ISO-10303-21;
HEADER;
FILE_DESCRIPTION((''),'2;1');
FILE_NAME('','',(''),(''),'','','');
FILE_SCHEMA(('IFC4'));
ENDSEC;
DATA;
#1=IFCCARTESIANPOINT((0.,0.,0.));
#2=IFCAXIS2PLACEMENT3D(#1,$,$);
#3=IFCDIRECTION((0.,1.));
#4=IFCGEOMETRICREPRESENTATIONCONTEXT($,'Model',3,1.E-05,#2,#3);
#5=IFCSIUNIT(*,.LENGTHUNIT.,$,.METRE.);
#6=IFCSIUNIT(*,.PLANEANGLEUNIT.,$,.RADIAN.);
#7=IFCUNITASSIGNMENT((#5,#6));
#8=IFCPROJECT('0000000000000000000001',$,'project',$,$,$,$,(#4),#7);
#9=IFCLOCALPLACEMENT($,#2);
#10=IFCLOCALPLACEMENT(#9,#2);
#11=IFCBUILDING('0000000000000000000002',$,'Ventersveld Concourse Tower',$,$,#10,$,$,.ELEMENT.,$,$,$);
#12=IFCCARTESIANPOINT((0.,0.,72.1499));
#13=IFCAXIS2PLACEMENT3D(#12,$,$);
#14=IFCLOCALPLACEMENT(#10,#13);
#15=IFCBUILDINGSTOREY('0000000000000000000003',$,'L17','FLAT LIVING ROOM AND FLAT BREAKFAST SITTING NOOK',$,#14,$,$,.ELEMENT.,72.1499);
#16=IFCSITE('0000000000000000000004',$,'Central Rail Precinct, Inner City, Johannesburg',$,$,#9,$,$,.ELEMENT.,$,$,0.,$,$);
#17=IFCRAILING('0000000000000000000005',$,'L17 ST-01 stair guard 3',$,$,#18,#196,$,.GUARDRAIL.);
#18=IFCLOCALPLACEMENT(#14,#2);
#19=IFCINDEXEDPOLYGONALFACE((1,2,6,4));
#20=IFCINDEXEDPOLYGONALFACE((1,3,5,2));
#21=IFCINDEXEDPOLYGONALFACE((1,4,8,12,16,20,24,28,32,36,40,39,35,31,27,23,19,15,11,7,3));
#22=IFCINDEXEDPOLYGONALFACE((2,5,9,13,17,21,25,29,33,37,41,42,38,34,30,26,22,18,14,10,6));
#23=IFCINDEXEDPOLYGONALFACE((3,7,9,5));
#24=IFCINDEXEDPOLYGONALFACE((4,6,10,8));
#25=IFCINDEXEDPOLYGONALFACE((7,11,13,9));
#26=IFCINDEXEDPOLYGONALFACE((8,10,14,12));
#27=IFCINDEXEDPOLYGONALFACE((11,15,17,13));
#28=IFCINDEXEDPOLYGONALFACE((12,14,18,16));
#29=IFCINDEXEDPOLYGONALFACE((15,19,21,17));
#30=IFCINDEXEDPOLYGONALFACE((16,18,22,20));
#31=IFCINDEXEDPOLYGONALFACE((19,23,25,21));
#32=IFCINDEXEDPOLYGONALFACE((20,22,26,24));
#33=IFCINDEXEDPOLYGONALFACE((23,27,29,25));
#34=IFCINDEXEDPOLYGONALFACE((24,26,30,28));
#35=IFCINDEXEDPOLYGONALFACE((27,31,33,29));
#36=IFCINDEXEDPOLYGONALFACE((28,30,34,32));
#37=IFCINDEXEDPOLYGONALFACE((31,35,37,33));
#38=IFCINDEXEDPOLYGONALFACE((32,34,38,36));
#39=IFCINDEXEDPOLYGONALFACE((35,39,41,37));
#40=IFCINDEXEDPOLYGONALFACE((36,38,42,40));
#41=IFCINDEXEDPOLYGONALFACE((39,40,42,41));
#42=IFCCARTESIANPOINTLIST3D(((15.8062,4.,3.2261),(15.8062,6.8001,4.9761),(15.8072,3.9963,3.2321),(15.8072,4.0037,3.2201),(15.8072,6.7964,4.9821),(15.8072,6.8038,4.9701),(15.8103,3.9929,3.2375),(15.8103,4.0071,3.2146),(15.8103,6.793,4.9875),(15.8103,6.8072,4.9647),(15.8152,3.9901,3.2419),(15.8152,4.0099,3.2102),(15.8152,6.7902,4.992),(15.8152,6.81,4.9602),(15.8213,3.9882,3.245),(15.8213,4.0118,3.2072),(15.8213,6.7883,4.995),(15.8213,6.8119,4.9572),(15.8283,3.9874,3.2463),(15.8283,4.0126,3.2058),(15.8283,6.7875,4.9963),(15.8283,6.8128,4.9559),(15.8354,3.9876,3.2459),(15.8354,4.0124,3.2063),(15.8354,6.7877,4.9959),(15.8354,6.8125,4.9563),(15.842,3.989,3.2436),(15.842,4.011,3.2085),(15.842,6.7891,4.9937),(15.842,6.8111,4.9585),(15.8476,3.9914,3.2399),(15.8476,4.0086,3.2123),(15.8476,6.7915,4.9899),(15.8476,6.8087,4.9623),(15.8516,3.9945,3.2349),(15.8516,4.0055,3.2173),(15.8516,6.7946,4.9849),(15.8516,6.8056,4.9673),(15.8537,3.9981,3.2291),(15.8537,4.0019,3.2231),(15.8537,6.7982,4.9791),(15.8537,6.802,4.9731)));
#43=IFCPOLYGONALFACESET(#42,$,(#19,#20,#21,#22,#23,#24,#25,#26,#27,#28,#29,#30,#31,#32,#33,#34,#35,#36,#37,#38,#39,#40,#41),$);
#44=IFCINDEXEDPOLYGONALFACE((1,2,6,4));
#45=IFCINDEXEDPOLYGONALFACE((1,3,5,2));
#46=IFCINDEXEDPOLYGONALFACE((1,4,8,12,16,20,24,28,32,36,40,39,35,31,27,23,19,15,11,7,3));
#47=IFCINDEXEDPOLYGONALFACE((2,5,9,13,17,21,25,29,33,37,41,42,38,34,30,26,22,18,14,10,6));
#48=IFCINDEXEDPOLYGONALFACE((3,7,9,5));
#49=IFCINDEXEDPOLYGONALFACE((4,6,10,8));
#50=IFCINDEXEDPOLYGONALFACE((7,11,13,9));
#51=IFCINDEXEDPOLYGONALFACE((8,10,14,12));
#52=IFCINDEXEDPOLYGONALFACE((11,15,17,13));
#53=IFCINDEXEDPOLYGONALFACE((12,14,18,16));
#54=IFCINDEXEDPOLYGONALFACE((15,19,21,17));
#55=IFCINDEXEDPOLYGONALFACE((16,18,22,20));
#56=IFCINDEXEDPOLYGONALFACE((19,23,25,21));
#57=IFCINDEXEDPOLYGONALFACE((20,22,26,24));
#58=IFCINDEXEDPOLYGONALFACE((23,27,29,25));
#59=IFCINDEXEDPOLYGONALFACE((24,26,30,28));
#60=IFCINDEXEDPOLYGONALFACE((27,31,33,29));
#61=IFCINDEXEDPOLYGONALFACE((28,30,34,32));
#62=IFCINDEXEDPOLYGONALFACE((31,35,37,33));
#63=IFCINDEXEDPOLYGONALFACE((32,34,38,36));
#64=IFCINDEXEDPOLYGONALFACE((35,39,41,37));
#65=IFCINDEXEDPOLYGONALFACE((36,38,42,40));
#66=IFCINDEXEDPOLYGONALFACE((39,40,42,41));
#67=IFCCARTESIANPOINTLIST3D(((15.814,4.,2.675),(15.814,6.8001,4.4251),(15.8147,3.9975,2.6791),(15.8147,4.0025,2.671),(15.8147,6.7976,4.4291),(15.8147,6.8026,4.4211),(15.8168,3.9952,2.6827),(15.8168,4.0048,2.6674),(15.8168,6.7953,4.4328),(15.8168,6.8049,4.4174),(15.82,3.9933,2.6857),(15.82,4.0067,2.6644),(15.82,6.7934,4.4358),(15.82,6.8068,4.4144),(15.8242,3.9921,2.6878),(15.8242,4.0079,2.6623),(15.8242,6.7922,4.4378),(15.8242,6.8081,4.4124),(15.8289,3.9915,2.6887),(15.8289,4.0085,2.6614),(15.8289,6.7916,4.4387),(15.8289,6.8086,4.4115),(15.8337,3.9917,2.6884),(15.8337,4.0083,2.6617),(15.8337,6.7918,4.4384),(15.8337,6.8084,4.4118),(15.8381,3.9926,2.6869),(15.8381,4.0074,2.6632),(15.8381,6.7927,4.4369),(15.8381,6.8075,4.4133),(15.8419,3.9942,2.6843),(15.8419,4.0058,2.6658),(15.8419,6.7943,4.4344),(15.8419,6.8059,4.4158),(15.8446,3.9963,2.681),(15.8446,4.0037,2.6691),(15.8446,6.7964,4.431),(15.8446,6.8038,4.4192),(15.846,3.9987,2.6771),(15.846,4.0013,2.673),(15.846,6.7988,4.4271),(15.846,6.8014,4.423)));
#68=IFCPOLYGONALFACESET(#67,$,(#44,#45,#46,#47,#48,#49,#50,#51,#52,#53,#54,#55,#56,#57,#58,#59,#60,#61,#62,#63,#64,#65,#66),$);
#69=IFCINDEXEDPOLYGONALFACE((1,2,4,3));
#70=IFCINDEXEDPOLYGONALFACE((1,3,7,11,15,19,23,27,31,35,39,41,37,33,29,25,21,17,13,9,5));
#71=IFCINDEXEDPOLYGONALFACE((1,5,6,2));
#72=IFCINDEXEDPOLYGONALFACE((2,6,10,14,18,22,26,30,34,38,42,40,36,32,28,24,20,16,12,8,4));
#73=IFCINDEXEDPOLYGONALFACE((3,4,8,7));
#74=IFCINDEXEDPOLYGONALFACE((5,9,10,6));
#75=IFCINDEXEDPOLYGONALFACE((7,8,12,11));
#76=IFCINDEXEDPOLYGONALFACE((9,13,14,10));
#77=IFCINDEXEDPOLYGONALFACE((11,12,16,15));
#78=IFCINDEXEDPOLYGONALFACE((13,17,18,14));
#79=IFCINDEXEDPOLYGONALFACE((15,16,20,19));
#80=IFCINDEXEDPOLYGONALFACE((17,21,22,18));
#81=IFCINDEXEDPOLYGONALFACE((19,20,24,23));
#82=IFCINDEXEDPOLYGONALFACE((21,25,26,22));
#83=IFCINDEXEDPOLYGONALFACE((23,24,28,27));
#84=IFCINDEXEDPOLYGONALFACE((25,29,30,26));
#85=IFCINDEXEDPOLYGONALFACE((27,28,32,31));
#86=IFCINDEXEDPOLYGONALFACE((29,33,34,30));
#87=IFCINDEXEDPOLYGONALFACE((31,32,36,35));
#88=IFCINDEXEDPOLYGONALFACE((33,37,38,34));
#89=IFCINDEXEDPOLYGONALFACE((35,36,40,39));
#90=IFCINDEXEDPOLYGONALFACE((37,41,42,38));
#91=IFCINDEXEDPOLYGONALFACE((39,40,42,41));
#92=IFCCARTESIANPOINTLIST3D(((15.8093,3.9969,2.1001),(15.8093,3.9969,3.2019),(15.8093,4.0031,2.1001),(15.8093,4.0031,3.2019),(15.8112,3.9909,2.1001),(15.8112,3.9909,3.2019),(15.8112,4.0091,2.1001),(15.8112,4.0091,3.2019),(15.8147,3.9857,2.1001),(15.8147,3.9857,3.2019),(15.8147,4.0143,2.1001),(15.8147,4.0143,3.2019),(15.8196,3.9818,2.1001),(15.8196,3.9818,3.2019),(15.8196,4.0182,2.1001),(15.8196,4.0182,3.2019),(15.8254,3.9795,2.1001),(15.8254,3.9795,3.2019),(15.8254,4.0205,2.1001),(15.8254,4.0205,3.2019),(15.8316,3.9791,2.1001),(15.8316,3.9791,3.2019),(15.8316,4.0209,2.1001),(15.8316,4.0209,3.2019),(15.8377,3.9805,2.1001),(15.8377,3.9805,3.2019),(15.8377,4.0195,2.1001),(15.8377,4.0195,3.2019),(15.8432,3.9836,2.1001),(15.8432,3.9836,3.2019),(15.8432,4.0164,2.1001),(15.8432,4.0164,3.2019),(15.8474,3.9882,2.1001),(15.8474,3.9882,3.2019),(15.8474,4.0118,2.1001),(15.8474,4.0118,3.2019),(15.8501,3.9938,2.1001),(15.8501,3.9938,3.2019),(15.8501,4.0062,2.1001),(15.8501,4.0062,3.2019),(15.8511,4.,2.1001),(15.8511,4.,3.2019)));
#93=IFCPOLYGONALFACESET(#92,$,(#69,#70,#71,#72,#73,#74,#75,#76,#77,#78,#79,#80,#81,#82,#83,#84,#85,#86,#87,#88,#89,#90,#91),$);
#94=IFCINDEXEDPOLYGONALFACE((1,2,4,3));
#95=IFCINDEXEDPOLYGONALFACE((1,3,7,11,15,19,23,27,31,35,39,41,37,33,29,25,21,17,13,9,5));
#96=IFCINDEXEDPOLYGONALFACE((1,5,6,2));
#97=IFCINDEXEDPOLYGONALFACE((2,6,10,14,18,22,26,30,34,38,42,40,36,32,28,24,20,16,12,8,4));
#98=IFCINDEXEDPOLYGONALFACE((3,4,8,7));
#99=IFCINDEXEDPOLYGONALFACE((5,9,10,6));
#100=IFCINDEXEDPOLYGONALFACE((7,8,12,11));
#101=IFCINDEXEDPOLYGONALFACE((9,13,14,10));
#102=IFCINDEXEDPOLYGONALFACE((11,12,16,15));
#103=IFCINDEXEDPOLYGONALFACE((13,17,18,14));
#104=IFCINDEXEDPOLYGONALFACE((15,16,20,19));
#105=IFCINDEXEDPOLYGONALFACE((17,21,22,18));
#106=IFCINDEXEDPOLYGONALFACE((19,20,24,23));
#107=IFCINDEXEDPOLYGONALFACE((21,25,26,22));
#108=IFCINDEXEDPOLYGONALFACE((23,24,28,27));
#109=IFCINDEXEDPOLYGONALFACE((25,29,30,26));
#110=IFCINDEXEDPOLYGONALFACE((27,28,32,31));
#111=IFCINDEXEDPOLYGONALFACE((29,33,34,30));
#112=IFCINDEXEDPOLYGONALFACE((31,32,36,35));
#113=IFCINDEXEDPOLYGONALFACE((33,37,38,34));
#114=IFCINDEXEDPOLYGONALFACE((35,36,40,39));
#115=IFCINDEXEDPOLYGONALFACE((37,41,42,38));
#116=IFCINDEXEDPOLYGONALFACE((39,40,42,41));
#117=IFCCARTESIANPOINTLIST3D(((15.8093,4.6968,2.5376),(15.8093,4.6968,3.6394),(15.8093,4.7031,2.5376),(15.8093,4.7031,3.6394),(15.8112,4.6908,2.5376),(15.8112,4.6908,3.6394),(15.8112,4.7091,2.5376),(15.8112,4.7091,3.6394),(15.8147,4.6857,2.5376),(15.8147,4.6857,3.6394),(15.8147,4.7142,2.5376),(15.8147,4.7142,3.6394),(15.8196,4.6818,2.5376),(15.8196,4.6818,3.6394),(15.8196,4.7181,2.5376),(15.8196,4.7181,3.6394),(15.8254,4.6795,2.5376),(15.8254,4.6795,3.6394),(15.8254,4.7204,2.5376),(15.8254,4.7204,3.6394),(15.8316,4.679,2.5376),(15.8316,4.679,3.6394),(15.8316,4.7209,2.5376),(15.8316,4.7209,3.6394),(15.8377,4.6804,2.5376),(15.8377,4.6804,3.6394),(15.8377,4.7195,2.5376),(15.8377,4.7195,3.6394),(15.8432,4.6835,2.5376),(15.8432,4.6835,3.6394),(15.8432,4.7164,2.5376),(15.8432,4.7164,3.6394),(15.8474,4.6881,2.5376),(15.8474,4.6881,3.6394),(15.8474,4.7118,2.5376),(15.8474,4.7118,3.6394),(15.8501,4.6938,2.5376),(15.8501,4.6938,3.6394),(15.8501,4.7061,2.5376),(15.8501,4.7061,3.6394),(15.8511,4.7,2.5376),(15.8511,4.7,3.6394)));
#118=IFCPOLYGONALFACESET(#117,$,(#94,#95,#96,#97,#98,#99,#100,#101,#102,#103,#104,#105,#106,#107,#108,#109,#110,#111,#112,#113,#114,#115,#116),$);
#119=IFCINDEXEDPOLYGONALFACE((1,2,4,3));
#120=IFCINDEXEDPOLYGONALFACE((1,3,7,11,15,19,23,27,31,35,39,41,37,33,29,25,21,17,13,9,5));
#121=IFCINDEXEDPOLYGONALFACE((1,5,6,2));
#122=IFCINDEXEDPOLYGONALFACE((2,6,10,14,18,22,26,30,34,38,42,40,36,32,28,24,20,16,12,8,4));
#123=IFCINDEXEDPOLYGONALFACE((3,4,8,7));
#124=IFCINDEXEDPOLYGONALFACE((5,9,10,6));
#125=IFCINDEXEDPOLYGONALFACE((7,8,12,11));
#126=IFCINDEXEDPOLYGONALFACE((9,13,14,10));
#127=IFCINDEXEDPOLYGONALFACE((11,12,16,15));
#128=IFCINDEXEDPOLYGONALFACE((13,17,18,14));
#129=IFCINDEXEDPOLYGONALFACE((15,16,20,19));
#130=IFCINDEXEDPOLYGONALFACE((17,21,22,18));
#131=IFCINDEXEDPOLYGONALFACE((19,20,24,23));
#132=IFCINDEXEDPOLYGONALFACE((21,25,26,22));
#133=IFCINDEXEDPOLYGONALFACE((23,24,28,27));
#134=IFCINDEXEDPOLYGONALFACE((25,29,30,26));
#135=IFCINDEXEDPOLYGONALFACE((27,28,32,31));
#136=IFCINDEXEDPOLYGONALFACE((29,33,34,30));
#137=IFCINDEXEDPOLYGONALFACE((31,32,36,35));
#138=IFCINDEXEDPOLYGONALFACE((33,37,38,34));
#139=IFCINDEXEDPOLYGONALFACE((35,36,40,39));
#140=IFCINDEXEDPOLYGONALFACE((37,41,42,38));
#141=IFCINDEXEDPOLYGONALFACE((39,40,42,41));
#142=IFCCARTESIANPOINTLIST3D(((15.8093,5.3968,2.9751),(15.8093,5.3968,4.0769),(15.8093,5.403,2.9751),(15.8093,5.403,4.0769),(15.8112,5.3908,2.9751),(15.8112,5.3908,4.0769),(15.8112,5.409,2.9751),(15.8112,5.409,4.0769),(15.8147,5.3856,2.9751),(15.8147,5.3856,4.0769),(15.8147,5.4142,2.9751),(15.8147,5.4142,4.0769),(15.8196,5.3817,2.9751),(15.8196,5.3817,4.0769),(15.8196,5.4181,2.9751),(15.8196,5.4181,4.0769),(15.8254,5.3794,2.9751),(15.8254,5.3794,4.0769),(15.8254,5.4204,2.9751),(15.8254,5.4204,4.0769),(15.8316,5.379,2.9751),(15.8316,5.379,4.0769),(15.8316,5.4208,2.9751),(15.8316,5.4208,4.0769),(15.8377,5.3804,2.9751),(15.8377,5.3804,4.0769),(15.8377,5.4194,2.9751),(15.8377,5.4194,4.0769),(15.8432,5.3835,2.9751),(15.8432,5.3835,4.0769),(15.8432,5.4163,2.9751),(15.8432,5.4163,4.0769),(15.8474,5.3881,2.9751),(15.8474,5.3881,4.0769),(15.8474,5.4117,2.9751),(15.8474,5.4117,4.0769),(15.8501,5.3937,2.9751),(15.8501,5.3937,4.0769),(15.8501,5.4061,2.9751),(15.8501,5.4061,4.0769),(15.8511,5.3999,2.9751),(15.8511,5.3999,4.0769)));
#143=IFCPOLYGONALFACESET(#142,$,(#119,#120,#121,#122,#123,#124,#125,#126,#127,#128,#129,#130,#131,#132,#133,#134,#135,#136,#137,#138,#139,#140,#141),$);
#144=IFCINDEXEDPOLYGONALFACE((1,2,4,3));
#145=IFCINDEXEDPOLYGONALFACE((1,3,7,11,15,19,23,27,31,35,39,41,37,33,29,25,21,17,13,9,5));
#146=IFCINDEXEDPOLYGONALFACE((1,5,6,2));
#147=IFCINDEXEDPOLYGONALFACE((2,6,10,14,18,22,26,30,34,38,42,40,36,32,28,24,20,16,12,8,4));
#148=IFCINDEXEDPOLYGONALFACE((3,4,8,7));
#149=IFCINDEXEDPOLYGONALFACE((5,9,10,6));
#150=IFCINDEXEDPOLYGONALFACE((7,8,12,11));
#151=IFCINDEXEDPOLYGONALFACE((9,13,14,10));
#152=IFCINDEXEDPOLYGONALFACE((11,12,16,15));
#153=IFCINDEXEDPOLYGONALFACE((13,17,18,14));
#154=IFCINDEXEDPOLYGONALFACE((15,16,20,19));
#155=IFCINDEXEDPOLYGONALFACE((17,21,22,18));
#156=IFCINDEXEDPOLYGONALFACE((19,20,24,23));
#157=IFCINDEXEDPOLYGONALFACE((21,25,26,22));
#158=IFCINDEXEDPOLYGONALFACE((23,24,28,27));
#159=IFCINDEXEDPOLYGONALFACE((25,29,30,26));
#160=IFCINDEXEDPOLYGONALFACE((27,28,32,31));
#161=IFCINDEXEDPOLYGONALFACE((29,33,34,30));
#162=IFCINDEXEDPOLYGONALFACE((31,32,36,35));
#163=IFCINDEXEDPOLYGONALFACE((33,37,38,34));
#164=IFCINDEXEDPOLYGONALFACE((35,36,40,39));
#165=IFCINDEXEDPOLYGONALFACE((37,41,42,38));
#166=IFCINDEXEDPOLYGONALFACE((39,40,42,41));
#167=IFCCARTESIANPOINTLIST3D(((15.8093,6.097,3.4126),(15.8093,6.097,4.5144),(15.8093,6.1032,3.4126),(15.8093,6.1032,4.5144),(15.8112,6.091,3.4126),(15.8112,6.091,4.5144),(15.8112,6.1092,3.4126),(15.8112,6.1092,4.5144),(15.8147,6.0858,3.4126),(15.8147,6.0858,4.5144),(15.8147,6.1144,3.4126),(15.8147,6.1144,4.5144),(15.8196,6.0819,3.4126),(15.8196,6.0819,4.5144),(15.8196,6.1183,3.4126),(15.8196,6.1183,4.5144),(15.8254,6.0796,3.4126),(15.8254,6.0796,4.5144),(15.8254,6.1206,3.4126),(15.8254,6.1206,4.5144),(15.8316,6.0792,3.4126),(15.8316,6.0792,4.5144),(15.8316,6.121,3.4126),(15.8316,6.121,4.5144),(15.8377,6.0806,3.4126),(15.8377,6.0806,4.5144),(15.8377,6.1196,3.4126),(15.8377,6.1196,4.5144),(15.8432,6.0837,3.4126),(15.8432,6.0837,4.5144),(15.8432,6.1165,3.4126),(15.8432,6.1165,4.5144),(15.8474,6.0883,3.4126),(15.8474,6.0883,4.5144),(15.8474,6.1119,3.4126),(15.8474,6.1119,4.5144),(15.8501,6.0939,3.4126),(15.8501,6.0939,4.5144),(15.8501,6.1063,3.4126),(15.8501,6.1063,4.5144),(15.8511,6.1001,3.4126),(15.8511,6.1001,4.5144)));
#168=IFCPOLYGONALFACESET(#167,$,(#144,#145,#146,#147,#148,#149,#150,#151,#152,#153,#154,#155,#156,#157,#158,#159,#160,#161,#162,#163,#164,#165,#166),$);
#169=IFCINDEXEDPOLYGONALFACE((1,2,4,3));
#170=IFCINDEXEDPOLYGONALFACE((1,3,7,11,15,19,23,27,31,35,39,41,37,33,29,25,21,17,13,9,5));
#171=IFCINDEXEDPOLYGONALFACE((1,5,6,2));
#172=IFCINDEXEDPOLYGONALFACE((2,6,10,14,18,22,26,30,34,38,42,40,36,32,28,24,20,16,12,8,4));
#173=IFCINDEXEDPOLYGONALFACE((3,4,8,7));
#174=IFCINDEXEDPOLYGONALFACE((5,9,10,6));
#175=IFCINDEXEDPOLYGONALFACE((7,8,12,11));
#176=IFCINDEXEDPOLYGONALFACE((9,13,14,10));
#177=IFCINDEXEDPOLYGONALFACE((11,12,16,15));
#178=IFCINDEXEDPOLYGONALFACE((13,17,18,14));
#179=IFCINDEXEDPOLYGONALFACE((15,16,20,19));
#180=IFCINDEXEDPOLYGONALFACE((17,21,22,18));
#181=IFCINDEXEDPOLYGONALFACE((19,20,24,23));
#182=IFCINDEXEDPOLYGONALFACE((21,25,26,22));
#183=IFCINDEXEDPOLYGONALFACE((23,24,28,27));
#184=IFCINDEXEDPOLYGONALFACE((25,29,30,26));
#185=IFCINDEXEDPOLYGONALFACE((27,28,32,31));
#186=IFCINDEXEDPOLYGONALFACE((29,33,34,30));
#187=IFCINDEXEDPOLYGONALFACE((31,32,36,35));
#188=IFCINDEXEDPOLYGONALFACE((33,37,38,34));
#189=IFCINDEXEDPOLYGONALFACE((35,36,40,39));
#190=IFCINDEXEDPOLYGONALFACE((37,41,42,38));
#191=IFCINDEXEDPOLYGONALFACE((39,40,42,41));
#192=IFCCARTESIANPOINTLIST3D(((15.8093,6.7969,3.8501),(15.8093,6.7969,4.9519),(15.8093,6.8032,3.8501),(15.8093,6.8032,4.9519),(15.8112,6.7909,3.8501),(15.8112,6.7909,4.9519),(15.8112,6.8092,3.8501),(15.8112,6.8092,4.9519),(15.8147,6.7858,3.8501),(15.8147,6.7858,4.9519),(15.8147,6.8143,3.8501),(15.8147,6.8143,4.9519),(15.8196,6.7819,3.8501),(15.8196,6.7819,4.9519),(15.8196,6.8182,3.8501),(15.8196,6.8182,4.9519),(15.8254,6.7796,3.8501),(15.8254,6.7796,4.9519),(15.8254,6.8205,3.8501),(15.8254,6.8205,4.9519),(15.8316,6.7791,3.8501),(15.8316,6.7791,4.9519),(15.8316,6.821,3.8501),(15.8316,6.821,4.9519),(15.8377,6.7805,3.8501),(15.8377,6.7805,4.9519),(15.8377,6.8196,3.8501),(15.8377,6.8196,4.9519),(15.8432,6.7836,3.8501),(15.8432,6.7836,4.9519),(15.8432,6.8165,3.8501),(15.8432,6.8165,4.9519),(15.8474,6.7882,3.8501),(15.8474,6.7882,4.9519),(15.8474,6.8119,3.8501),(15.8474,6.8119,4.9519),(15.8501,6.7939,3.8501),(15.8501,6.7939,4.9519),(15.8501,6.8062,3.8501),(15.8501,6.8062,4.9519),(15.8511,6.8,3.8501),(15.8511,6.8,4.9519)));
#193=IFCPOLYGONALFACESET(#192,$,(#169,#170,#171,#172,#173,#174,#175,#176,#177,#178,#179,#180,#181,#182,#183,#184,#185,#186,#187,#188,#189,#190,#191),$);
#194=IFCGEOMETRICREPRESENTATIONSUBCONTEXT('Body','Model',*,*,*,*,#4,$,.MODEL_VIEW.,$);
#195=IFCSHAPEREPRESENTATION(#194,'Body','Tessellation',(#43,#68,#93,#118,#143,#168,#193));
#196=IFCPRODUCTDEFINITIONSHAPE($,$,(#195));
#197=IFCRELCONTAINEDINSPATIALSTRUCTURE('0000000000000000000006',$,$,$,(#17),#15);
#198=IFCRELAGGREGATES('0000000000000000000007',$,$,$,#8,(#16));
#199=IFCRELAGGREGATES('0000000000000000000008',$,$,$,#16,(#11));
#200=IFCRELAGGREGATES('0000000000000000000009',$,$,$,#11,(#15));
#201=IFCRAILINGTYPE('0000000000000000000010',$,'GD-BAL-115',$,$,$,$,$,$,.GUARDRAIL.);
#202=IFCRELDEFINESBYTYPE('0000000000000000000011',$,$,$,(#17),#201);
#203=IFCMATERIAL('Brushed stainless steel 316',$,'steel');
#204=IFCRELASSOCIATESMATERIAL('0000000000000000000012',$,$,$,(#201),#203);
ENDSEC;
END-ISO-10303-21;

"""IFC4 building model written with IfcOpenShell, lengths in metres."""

from ifc_helpers import new_model, si_unit, direction, frame, origin, origin_2d, place, context, subcontext, project, spatial, circle, extrude, material, type_object, element, save


model = new_model("IFC4")

# Units and contexts
model_context = context("Model", 3, precision=1e-05, world=origin(), true_north=direction((0.0, 1.0)))
body_context = subcontext(model_context, "Body", "Model", "MODEL_VIEW")
ifc_project = project(units=[si_unit("LENGTHUNIT", "METRE"), si_unit("PLANEANGLEUNIT", "RADIAN")], contexts=[model_context])

# Site, building, storey
site_placement = place(None, origin())
site = spatial("IfcSite", under=ifc_project, at=site_placement, Name="Central Rail Precinct, Inner City, Johannesburg", CompositionType="ELEMENT", RefElevation=0.0)
building_placement = place(site_placement, origin())
building = spatial("IfcBuilding", under=site, at=building_placement, Name="Ventersveld Concourse Tower", CompositionType="ELEMENT")
storey_placement = place(building_placement, frame((0.0, 0.0, 72.1499)))
storey = spatial("IfcBuildingStorey", under=building, at=storey_placement, Name="L17", Description="FLAT LIVING ROOM AND FLAT BREAKFAST SITTING NOOK", CompositionType="ELEMENT", Elevation=72.1499)

# Shared definitions
ifc_material_1 = material(Name="Brushed stainless steel 316", Category="steel")

# Railing
railing_type_1 = type_object("IfcRailingType", Name="GD-BAL-115", PredefinedType="GUARDRAIL", material=ifc_material_1)
railing_1_placement = place(storey_placement, frame((15.8301, 4.0, 2.1001)))
element("IfcRailing", 1, at=railing_1_placement, inside=storey, type_object=railing_type_1, Name="L17 ST-01 stair guard 3", PredefinedType="GUARDRAIL", context=body_context, shape_type="SweptSolid", body=[
    extrude(circle(Radius=0.0239, at=origin_2d()), frame((0.0, 0.0, 1.126), z_axis=(0.0, 0.848002, 0.529992), x_axis=(-1.0, 0.0, 0.0)), (0.0, 0.0, 1.0), 3.302),
    extrude(circle(Radius=0.0161, at=origin_2d()), frame((0.0, 0.0, 0.575), z_axis=(0.0, 0.848002, 0.529992), x_axis=(-1.0, 0.0, 0.0)), (0.0, 0.0, 1.0), 3.302),
    extrude(circle(Radius=0.021, at=origin_2d()), origin(), (0.0, 0.0, 1.0), 1.1018),
    extrude(circle(Radius=0.021, at=origin_2d()), frame((0.0, 0.7, 0.4375)), (0.0, 0.0, 1.0), 1.1018),
    extrude(circle(Radius=0.021, at=origin_2d()), frame((0.0, 1.3999, 0.875)), (0.0, 0.0, 1.0), 1.1018),
    extrude(circle(Radius=0.021, at=origin_2d()), frame((0.0, 2.1001, 1.3125)), (0.0, 0.0, 1.0), 1.1018),
    extrude(circle(Radius=0.021, at=origin_2d()), frame((0.0, 2.8, 1.75)), (0.0, 0.0, 1.0), 1.1018),
])

save(model, "model.ifc")
